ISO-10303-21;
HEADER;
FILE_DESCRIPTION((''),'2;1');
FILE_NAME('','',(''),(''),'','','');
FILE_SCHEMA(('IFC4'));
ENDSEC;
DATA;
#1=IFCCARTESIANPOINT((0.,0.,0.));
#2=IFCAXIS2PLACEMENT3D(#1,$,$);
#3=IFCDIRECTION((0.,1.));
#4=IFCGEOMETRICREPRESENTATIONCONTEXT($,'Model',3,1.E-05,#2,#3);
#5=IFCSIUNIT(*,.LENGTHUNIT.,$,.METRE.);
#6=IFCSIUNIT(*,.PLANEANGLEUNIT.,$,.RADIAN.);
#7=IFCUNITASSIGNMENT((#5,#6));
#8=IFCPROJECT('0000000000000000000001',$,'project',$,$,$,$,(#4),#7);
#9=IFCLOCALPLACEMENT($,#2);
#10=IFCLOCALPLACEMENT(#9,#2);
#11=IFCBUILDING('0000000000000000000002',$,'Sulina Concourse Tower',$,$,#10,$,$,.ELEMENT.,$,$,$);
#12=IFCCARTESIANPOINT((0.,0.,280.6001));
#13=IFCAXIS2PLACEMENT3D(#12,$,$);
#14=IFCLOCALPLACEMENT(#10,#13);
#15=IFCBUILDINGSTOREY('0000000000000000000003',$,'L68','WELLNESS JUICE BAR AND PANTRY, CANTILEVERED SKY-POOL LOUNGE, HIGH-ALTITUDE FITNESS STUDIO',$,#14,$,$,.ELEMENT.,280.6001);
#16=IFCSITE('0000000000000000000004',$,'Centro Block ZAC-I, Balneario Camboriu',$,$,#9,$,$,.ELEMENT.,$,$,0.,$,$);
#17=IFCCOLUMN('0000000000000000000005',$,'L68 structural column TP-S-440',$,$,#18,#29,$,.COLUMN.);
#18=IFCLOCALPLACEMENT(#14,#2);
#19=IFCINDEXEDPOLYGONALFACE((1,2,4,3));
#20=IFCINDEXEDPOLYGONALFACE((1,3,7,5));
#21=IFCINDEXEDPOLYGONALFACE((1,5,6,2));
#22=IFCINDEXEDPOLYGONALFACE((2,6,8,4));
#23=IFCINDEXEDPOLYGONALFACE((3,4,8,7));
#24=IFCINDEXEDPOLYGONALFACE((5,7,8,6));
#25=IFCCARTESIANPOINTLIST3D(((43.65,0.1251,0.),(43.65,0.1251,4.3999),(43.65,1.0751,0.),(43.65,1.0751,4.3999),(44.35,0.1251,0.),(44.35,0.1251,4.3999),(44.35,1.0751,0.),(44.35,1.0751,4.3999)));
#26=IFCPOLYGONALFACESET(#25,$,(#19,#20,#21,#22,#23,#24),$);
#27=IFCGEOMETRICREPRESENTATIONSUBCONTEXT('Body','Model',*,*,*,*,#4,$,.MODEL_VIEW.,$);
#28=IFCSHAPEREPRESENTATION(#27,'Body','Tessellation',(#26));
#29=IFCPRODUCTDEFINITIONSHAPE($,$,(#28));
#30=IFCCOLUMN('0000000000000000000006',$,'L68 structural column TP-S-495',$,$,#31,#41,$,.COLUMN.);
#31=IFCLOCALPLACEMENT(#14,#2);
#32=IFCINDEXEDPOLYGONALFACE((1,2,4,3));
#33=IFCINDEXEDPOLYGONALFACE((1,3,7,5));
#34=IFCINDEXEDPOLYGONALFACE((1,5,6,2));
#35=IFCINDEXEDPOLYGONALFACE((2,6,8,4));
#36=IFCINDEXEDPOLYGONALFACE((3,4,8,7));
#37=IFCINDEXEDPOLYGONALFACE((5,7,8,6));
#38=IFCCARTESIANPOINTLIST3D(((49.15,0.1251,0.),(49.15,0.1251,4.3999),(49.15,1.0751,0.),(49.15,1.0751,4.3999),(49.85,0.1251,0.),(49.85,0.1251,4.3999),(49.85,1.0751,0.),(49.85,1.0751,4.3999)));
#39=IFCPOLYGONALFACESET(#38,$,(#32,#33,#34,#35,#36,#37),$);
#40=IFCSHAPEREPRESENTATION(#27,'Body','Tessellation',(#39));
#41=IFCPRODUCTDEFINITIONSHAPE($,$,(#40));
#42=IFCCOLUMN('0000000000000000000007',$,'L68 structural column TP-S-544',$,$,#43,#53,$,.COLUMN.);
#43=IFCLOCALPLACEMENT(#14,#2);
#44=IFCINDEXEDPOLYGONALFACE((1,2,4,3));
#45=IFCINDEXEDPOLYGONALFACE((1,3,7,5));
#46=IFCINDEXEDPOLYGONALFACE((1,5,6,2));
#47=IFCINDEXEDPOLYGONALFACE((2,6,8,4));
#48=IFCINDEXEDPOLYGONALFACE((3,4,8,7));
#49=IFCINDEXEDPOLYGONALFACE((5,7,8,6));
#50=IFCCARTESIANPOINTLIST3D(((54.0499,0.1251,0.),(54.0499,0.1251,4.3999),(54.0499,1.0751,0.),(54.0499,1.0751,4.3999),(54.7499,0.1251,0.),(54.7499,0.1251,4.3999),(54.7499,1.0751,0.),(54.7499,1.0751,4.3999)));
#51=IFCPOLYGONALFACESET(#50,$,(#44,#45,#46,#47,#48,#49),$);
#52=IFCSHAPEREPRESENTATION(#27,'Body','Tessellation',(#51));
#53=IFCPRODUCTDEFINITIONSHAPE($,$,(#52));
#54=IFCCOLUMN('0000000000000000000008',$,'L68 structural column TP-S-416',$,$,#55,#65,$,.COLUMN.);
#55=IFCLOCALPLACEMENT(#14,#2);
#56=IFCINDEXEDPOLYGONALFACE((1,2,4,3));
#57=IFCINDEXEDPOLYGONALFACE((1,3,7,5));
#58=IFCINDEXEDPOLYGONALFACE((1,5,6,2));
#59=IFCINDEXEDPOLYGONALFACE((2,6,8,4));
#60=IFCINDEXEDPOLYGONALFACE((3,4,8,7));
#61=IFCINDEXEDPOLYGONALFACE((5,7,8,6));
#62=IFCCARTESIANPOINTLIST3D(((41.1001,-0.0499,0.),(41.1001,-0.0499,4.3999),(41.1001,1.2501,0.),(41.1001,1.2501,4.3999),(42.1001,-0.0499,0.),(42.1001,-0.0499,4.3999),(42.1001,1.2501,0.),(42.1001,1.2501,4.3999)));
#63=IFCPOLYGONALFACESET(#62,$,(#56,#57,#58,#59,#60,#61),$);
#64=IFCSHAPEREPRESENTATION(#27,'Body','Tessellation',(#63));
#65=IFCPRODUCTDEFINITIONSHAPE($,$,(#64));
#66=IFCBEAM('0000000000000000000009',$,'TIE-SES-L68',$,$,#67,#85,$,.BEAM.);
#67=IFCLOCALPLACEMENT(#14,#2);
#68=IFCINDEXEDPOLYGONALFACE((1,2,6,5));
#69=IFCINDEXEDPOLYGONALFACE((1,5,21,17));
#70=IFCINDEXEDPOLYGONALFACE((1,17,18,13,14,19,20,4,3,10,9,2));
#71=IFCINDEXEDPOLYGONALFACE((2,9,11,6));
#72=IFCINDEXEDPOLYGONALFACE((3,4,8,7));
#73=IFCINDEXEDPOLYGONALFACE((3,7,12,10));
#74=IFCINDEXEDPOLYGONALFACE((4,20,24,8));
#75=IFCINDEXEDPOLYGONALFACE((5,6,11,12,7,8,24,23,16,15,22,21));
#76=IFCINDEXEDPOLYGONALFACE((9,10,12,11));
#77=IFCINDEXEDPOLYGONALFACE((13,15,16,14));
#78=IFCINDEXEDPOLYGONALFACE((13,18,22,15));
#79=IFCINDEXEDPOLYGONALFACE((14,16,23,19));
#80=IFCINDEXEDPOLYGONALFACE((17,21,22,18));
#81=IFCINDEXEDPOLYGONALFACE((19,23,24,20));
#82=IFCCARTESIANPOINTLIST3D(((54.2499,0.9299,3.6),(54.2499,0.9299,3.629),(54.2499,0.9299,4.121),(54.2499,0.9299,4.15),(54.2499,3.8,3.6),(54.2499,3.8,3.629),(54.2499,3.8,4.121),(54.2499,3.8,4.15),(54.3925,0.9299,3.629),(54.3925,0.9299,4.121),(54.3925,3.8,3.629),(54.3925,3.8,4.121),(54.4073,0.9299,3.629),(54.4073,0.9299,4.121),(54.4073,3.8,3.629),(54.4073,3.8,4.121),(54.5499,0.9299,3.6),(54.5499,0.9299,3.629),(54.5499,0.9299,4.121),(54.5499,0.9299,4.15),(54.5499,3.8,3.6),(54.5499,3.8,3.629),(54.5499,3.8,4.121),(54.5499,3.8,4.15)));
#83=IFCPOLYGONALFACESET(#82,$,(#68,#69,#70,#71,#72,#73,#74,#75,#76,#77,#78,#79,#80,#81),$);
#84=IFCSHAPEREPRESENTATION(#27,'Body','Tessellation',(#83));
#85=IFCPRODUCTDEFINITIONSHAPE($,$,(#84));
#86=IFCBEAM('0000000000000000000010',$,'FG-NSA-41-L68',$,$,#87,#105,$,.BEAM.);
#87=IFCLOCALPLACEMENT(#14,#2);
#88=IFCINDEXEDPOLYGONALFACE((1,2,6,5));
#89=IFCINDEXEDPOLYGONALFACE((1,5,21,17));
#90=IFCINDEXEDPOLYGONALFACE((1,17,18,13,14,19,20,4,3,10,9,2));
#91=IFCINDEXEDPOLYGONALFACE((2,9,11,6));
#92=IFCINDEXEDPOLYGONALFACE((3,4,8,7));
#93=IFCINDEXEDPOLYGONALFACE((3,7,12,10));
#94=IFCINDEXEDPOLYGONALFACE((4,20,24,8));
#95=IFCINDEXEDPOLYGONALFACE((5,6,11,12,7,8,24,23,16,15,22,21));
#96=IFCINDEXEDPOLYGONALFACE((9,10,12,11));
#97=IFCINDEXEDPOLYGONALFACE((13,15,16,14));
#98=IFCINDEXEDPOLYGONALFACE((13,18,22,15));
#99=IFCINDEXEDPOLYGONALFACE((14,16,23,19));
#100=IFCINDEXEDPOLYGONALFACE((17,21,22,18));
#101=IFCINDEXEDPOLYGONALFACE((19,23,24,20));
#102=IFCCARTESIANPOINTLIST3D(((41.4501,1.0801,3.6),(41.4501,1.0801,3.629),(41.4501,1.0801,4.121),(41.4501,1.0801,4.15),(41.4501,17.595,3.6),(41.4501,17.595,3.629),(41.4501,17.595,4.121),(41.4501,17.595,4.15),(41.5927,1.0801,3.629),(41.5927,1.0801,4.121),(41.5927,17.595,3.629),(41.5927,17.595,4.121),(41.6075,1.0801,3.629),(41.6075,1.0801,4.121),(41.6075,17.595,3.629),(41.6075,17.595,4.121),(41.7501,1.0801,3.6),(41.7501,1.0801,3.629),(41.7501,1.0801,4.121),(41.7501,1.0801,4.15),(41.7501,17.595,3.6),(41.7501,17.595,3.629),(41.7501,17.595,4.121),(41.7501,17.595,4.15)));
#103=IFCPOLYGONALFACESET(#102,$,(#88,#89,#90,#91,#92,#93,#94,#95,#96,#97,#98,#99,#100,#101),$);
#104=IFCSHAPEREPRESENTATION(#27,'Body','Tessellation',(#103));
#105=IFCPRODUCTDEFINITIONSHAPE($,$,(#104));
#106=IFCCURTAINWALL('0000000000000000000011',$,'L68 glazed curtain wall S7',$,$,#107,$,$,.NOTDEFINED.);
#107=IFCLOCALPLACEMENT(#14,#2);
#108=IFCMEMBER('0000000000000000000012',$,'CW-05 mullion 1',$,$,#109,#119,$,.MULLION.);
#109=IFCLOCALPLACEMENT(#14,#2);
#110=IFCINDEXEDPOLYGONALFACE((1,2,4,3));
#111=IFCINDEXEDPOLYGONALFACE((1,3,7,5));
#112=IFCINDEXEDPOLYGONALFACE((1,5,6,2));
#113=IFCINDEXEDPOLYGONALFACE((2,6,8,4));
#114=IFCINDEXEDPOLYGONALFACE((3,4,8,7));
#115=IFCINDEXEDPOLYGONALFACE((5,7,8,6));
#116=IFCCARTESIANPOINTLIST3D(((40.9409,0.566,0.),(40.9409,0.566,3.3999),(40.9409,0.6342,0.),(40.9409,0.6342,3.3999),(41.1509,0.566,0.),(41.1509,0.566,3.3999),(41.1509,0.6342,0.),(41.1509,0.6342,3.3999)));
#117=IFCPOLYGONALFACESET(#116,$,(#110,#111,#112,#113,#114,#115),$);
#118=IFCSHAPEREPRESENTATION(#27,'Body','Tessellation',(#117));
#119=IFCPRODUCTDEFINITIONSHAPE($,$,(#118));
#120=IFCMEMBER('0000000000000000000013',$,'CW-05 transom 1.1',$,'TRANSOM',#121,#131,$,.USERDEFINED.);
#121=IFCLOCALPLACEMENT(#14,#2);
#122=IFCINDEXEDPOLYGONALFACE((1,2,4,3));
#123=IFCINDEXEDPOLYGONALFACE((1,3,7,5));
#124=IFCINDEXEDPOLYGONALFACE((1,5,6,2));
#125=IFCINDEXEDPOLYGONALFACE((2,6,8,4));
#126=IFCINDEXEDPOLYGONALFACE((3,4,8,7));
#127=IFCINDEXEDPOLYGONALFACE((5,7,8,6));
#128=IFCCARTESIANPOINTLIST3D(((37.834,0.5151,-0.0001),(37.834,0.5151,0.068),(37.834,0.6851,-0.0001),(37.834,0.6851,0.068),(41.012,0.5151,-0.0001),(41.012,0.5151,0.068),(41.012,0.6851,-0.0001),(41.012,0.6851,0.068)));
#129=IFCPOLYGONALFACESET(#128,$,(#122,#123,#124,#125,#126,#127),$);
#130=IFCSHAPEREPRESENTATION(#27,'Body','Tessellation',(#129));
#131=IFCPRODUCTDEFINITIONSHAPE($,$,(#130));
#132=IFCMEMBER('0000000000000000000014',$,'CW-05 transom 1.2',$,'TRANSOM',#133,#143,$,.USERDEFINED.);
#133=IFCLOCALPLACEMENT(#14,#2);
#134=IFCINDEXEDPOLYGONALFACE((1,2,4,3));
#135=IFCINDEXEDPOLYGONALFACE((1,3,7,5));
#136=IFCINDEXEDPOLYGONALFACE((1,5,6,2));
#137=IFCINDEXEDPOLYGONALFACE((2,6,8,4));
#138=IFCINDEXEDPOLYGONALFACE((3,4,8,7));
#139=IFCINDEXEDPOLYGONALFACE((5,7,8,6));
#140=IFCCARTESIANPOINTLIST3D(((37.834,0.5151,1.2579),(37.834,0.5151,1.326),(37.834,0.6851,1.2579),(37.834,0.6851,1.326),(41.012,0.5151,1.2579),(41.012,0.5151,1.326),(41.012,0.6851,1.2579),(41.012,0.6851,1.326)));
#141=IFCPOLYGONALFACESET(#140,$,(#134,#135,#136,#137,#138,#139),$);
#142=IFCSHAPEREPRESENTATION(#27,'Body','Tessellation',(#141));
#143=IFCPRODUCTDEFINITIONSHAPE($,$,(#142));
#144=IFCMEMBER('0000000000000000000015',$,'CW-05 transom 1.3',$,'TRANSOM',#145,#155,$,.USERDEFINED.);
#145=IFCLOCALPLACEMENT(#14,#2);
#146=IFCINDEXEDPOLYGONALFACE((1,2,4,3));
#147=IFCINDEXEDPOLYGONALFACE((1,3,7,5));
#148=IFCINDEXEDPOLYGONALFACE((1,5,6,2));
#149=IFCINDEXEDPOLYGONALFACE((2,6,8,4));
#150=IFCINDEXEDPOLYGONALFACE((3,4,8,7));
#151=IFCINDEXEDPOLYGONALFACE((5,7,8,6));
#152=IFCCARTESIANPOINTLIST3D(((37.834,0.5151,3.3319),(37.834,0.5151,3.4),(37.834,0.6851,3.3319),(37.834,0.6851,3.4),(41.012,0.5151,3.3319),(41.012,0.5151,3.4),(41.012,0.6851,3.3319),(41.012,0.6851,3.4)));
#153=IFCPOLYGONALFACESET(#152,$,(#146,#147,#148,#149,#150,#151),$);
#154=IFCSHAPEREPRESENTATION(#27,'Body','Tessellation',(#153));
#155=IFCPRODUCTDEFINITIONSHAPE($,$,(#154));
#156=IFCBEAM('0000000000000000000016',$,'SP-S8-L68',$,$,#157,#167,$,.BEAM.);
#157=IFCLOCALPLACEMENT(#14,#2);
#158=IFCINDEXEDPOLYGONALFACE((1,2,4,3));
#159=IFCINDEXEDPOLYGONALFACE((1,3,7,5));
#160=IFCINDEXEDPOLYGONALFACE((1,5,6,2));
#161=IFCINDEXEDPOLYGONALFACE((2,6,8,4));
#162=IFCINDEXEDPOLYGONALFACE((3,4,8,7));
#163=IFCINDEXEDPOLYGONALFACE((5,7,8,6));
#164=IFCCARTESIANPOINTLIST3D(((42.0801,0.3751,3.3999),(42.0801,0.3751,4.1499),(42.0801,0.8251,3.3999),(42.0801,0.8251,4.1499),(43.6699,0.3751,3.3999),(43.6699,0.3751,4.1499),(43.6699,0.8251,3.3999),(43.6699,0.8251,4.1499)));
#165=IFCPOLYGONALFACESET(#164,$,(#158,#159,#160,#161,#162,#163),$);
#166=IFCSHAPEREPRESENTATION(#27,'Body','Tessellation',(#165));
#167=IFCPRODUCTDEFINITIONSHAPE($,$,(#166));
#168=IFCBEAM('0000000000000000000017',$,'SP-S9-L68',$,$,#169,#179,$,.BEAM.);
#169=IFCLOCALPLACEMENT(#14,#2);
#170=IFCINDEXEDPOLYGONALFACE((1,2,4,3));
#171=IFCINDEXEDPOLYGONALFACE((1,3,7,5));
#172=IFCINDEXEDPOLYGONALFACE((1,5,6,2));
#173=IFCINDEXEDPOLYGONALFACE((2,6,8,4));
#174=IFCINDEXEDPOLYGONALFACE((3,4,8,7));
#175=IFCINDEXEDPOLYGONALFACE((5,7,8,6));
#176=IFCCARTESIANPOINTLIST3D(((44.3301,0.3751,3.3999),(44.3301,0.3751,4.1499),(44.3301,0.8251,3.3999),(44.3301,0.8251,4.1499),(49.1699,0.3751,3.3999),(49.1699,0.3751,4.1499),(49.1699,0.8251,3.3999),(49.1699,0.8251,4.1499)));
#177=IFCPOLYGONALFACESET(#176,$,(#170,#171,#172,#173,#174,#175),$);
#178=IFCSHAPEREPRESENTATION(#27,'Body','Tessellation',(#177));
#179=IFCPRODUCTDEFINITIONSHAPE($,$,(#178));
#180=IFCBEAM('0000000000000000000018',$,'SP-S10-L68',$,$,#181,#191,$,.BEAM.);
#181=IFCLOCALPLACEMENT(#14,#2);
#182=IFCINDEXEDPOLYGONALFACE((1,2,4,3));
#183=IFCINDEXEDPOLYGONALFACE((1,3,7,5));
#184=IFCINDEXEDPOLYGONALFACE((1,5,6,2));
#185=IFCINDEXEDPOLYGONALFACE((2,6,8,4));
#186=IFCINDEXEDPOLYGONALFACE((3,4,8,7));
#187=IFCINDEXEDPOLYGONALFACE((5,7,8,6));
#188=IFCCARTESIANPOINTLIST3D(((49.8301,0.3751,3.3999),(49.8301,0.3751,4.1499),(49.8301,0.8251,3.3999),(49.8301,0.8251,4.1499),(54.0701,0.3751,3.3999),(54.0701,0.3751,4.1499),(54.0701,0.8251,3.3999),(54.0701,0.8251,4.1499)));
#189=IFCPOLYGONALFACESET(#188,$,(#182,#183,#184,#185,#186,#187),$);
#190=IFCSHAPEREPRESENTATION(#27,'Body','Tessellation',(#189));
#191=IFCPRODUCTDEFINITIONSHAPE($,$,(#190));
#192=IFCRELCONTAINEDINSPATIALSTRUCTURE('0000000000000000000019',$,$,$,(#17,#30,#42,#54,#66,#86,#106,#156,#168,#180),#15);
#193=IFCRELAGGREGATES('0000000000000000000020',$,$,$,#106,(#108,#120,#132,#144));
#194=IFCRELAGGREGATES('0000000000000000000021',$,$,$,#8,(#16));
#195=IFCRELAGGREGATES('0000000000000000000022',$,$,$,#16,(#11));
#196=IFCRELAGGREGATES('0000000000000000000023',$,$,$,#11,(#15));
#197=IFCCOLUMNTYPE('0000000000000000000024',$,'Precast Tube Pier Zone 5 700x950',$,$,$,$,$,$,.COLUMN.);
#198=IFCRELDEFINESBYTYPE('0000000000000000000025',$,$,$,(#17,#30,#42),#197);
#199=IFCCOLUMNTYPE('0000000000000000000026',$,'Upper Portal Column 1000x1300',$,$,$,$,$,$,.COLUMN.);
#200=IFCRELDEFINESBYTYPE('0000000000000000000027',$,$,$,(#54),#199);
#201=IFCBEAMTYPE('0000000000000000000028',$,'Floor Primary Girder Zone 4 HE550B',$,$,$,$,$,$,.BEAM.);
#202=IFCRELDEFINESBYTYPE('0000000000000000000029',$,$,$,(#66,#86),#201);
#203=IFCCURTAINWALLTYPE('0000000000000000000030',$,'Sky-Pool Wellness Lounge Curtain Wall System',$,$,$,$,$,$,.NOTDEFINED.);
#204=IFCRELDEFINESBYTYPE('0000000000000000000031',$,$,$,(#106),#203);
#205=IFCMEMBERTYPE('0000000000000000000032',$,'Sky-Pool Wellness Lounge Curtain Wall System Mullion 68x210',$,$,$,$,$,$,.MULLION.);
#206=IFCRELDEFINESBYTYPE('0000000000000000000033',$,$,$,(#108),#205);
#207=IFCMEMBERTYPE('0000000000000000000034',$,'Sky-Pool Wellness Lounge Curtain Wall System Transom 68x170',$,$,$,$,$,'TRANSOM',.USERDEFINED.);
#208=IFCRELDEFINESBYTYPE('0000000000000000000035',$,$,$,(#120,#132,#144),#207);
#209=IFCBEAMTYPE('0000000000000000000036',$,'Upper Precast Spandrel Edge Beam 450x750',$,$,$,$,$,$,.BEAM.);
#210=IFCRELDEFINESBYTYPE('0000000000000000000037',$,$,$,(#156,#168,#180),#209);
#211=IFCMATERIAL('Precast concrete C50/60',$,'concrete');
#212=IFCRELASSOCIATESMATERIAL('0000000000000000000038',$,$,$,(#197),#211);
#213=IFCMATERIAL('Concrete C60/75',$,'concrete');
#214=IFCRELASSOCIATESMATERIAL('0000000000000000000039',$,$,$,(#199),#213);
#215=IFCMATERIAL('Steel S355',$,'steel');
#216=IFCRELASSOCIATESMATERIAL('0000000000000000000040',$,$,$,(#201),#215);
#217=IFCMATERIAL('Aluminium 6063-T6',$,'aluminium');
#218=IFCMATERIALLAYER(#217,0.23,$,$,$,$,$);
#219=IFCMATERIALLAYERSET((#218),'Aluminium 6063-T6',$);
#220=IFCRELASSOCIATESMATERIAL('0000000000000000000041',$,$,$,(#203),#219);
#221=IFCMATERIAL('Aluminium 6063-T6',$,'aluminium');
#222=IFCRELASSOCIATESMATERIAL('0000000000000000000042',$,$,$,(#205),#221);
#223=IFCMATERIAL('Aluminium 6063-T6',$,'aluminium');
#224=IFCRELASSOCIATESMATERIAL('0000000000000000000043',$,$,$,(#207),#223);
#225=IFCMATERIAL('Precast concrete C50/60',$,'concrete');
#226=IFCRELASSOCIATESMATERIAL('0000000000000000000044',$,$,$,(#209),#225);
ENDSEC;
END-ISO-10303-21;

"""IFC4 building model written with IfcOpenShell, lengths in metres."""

from ifc_helpers import new_model, si_unit, direction, frame, origin, origin_2d, place, context, subcontext, project, spatial, rectangle, i_section, extrude, material, layer, layer_set, material_profile, profile_set, type_object, element, aggregate, save


model = new_model("IFC4")

# Units and contexts
model_context = context("Model", 3, precision=1e-05, world=origin(), true_north=direction((0.0, 1.0)))
body_context = subcontext(model_context, "Body", "Model", "MODEL_VIEW")
ifc_project = project(units=[si_unit("LENGTHUNIT", "METRE"), si_unit("PLANEANGLEUNIT", "RADIAN")], contexts=[model_context])

# Site, building, storey
site_placement = place(None, origin())
site = spatial("IfcSite", under=ifc_project, at=site_placement, Name="Centro Block ZAC-I, Balneario Camboriu", CompositionType="ELEMENT", RefElevation=0.0)
building_placement = place(site_placement, origin())
building = spatial("IfcBuilding", under=site, at=building_placement, Name="Sulina Concourse Tower", CompositionType="ELEMENT")
storey_placement = place(building_placement, frame((0.0, 0.0, 280.6001)))
storey = spatial("IfcBuildingStorey", under=building, at=storey_placement, Name="L68", Description="WELLNESS JUICE BAR AND PANTRY, CANTILEVERED SKY-POOL LOUNGE, HIGH-ALTITUDE FITNESS STUDIO", CompositionType="ELEMENT", Elevation=280.6001)

# Columns
ifc_material_1 = material(Name="Precast concrete C50/60", Category="concrete")
ifc_material_profile_1 = material_profile(ifc_material_1, rectangle(XDim=0.7, YDim=0.95, at=origin_2d()), Name="PC 700x950")
ifc_profile_set_1 = profile_set([ifc_material_profile_1], Name="Precast concrete C50/60")
column_type_1 = type_object("IfcColumnType", Name="Precast Tube Pier Zone 5 700x950", PredefinedType="COLUMN", material=ifc_profile_set_1)
for number, where, z_axis, x_axis, name in (
    (1, (44.0, 0.6001, 0.0), (0.0, 0.0, 1.0), (1.0, 0.0, 0.0), "L68 structural column TP-S-440"),
    (2, (49.5, 0.6001, 0.0), (0.0, 0.0, 1.0), (1.0, 0.0, 0.0), "L68 structural column TP-S-495"),
    (3, (54.3999, 0.6001, 0.0), (0.0, 0.0, 1.0), (1.0, 0.0, 0.0), "L68 structural column TP-S-544"),
):
    element("IfcColumn", number, at=place(storey_placement, frame(where, z_axis=z_axis, x_axis=x_axis)), inside=storey, type_object=column_type_1, Name=name, PredefinedType="COLUMN", context=body_context, shape_type="SweptSolid", body=[
        extrude(rectangle(XDim=0.7, YDim=0.95, at=origin_2d()), origin(), (0.0, 0.0, 1.0), 4.3999),
    ])
ifc_material_2 = material(Name="Concrete C60/75", Category="concrete")
ifc_material_profile_2 = material_profile(ifc_material_2, rectangle(XDim=1.0, YDim=1.3, at=origin_2d()), Name="RC 1000x1300")
ifc_profile_set_2 = profile_set([ifc_material_profile_2], Name="Concrete C60/75")
column_type_2 = type_object("IfcColumnType", Name="Upper Portal Column 1000x1300", PredefinedType="COLUMN", material=ifc_profile_set_2)
column_placement = place(storey_placement, frame((41.6001, 0.6001, 0.0), z_axis=(0.0, 0.0, 1.0), x_axis=(1.0, 0.0, 0.0)))
element("IfcColumn", 4, at=column_placement, inside=storey, type_object=column_type_2, Name="L68 structural column TP-S-416", PredefinedType="COLUMN", context=body_context, shape_type="SweptSolid", body=[
    extrude(rectangle(XDim=1.0, YDim=1.3, at=origin_2d()), origin(), (0.0, 0.0, 1.0), 4.3999),
])

# Beams
ifc_material_3 = material(Name="Steel S355", Category="steel")
ifc_material_profile_3 = material_profile(ifc_material_3, i_section(OverallWidth=0.3, OverallDepth=0.55, WebThickness=0.0149, FlangeThickness=0.0291, at=origin_2d()), Name="HE 550 B")
ifc_profile_set_3 = profile_set([ifc_material_profile_3], Name="Steel S355")
beam_type_1 = type_object("IfcBeamType", Name="Floor Primary Girder Zone 4 HE550B", PredefinedType="BEAM", material=ifc_profile_set_3)
beam_1_placement = place(storey_placement, frame((54.3999, 0.9299, 3.875), z_axis=(0.0, 1.0, 0.0), x_axis=(-1.0, 0.0, 0.0)))
element("IfcBeam", 5, at=beam_1_placement, inside=storey, type_object=beam_type_1, Name="TIE-SES-L68", PredefinedType="BEAM", context=body_context, shape_type="SweptSolid", body=[
    extrude(i_section(OverallWidth=0.3, OverallDepth=0.55, WebThickness=0.0149, FlangeThickness=0.0291, at=origin_2d()), origin(), (0.0, 0.0, 1.0), 2.8701),
])
beam_2_placement = place(storey_placement, frame((41.6001, 1.0801, 3.875), z_axis=(0.0, 1.0, 0.0), x_axis=(-1.0, 0.0, 0.0)))
element("IfcBeam", 6, at=beam_2_placement, inside=storey, type_object=beam_type_1, Name="FG-NSA-41-L68", PredefinedType="BEAM", context=body_context, shape_type="SweptSolid", body=[
    extrude(i_section(OverallWidth=0.3, OverallDepth=0.55, WebThickness=0.0149, FlangeThickness=0.0291, at=origin_2d()), origin(), (0.0, 0.0, 1.0), 16.5149),
])

# Curtain wall, members
ifc_material_4 = material(Name="Aluminium 6063-T6", Category="aluminium")
ifc_layer_1 = layer(ifc_material_4, 0.23)
ifc_layer_set_1 = layer_set([ifc_layer_1], Name="Aluminium 6063-T6")
curtain_wall_type = type_object("IfcCurtainWallType", Name="Sky-Pool Wellness Lounge Curtain Wall System", PredefinedType="NOTDEFINED", material=ifc_layer_set_1)
curtain_wall_placement = place(storey_placement, origin())
curtain_wall = element("IfcCurtainWall", 7, at=curtain_wall_placement, inside=storey, type_object=curtain_wall_type, Name="L68 glazed curtain wall S7", PredefinedType="NOTDEFINED")
ifc_material_5 = material(Name="Aluminium 6063-T6", Category="aluminium")
ifc_material_profile_4 = material_profile(ifc_material_5, rectangle(XDim=0.0681, YDim=0.21, at=origin_2d()), Name="MUL 68x210")
ifc_profile_set_4 = profile_set([ifc_material_profile_4], Name="Aluminium 6063-T6")
member_type_1 = type_object("IfcMemberType", Name="Sky-Pool Wellness Lounge Curtain Wall System Mullion 68x210", PredefinedType="MULLION", material=ifc_profile_set_4)
member_1_placement = place(storey_placement, frame((41.0459, 0.6001, 0.0), z_axis=(0.0, 0.0, 1.0), x_axis=(0.0, -1.0, 0.0)))
member_1 = element("IfcMember", 8, at=member_1_placement, type_object=member_type_1, Name="CW-05 mullion 1", PredefinedType="MULLION", context=body_context, shape_type="SweptSolid", body=[
    extrude(rectangle(XDim=0.0681, YDim=0.21, at=origin_2d()), origin(), (0.0, 0.0, 1.0), 3.3999),
])
ifc_material_6 = material(Name="Aluminium 6063-T6", Category="aluminium")
ifc_material_profile_5 = material_profile(ifc_material_6, rectangle(XDim=0.1699, YDim=0.0681, at=origin_2d()), Name="TRN 68x170")
ifc_profile_set_5 = profile_set([ifc_material_profile_5], Name="Aluminium 6063-T6")
member_type_2 = type_object("IfcMemberType", Name="Sky-Pool Wellness Lounge Curtain Wall System Transom 68x170", ElementType="TRANSOM", PredefinedType="USERDEFINED", material=ifc_profile_set_5)
member_2_placement = place(storey_placement, frame((41.012, 0.6001, 0.0339), z_axis=(-1.0, 0.0, 0.0), x_axis=(0.0, -1.0, 0.0)))
member_2 = element("IfcMember", 9, at=member_2_placement, type_object=member_type_2, Name="CW-05 transom 1.1", ObjectType="TRANSOM", PredefinedType="USERDEFINED", context=body_context, shape_type="SweptSolid", body=[
    extrude(rectangle(XDim=0.1699, YDim=0.0681, at=origin_2d()), origin(), (0.0, 0.0, 1.0), 3.178),
])
member_3_placement = place(storey_placement, frame((41.012, 0.6001, 1.292), z_axis=(-1.0, 0.0, 0.0), x_axis=(0.0, -1.0, 0.0)))
member_3 = element("IfcMember", 10, at=member_3_placement, type_object=member_type_2, Name="CW-05 transom 1.2", ObjectType="TRANSOM", PredefinedType="USERDEFINED", context=body_context, shape_type="SweptSolid", body=[
    extrude(rectangle(XDim=0.1699, YDim=0.0681, at=origin_2d()), origin(), (0.0, 0.0, 1.0), 3.178),
])
member_4_placement = place(storey_placement, frame((41.012, 0.6001, 3.366), z_axis=(-1.0, 0.0, 0.0), x_axis=(0.0, -1.0, 0.0)))
member_4 = element("IfcMember", 11, at=member_4_placement, type_object=member_type_2, Name="CW-05 transom 1.3", ObjectType="TRANSOM", PredefinedType="USERDEFINED", context=body_context, shape_type="SweptSolid", body=[
    extrude(rectangle(XDim=0.1699, YDim=0.0681, at=origin_2d()), origin(), (0.0, 0.0, 1.0), 3.178),
])

# Beams
ifc_material_7 = material(Name="Precast concrete C50/60", Category="concrete")
ifc_material_profile_6 = material_profile(ifc_material_7, rectangle(XDim=0.45, YDim=0.75, at=origin_2d()), Name="RC 450x750")
ifc_profile_set_6 = profile_set([ifc_material_profile_6], Name="Precast concrete C50/60")
beam_type_2 = type_object("IfcBeamType", Name="Upper Precast Spandrel Edge Beam 450x750", PredefinedType="BEAM", material=ifc_profile_set_6)
beam_3_placement = place(storey_placement, frame((42.0801, 0.6001, 3.7749), z_axis=(1.0, 0.0, 0.0), x_axis=(0.0, 1.0, 0.0)))
element("IfcBeam", 12, at=beam_3_placement, inside=storey, type_object=beam_type_2, Name="SP-S8-L68", PredefinedType="BEAM", context=body_context, shape_type="SweptSolid", body=[
    extrude(rectangle(XDim=0.45, YDim=0.75, at=origin_2d()), origin(), (0.0, 0.0, 1.0), 1.5898),
])
beam_4_placement = place(storey_placement, frame((44.3301, 0.6001, 3.7749), z_axis=(1.0, 0.0, 0.0), x_axis=(0.0, 1.0, 0.0)))
element("IfcBeam", 13, at=beam_4_placement, inside=storey, type_object=beam_type_2, Name="SP-S9-L68", PredefinedType="BEAM", context=body_context, shape_type="SweptSolid", body=[
    extrude(rectangle(XDim=0.45, YDim=0.75, at=origin_2d()), origin(), (0.0, 0.0, 1.0), 4.8398),
])
beam_5_placement = place(storey_placement, frame((49.8301, 0.6001, 3.7749), z_axis=(1.0, 0.0, 0.0), x_axis=(0.0, 1.0, 0.0)))
element("IfcBeam", 14, at=beam_5_placement, inside=storey, type_object=beam_type_2, Name="SP-S10-L68", PredefinedType="BEAM", context=body_context, shape_type="SweptSolid", body=[
    extrude(rectangle(XDim=0.45, YDim=0.75, at=origin_2d()), origin(), (0.0, 0.0, 1.0), 4.24),
])

aggregate(curtain_wall, [member_1, member_2, member_3, member_4])

save(model, "model.ifc")
